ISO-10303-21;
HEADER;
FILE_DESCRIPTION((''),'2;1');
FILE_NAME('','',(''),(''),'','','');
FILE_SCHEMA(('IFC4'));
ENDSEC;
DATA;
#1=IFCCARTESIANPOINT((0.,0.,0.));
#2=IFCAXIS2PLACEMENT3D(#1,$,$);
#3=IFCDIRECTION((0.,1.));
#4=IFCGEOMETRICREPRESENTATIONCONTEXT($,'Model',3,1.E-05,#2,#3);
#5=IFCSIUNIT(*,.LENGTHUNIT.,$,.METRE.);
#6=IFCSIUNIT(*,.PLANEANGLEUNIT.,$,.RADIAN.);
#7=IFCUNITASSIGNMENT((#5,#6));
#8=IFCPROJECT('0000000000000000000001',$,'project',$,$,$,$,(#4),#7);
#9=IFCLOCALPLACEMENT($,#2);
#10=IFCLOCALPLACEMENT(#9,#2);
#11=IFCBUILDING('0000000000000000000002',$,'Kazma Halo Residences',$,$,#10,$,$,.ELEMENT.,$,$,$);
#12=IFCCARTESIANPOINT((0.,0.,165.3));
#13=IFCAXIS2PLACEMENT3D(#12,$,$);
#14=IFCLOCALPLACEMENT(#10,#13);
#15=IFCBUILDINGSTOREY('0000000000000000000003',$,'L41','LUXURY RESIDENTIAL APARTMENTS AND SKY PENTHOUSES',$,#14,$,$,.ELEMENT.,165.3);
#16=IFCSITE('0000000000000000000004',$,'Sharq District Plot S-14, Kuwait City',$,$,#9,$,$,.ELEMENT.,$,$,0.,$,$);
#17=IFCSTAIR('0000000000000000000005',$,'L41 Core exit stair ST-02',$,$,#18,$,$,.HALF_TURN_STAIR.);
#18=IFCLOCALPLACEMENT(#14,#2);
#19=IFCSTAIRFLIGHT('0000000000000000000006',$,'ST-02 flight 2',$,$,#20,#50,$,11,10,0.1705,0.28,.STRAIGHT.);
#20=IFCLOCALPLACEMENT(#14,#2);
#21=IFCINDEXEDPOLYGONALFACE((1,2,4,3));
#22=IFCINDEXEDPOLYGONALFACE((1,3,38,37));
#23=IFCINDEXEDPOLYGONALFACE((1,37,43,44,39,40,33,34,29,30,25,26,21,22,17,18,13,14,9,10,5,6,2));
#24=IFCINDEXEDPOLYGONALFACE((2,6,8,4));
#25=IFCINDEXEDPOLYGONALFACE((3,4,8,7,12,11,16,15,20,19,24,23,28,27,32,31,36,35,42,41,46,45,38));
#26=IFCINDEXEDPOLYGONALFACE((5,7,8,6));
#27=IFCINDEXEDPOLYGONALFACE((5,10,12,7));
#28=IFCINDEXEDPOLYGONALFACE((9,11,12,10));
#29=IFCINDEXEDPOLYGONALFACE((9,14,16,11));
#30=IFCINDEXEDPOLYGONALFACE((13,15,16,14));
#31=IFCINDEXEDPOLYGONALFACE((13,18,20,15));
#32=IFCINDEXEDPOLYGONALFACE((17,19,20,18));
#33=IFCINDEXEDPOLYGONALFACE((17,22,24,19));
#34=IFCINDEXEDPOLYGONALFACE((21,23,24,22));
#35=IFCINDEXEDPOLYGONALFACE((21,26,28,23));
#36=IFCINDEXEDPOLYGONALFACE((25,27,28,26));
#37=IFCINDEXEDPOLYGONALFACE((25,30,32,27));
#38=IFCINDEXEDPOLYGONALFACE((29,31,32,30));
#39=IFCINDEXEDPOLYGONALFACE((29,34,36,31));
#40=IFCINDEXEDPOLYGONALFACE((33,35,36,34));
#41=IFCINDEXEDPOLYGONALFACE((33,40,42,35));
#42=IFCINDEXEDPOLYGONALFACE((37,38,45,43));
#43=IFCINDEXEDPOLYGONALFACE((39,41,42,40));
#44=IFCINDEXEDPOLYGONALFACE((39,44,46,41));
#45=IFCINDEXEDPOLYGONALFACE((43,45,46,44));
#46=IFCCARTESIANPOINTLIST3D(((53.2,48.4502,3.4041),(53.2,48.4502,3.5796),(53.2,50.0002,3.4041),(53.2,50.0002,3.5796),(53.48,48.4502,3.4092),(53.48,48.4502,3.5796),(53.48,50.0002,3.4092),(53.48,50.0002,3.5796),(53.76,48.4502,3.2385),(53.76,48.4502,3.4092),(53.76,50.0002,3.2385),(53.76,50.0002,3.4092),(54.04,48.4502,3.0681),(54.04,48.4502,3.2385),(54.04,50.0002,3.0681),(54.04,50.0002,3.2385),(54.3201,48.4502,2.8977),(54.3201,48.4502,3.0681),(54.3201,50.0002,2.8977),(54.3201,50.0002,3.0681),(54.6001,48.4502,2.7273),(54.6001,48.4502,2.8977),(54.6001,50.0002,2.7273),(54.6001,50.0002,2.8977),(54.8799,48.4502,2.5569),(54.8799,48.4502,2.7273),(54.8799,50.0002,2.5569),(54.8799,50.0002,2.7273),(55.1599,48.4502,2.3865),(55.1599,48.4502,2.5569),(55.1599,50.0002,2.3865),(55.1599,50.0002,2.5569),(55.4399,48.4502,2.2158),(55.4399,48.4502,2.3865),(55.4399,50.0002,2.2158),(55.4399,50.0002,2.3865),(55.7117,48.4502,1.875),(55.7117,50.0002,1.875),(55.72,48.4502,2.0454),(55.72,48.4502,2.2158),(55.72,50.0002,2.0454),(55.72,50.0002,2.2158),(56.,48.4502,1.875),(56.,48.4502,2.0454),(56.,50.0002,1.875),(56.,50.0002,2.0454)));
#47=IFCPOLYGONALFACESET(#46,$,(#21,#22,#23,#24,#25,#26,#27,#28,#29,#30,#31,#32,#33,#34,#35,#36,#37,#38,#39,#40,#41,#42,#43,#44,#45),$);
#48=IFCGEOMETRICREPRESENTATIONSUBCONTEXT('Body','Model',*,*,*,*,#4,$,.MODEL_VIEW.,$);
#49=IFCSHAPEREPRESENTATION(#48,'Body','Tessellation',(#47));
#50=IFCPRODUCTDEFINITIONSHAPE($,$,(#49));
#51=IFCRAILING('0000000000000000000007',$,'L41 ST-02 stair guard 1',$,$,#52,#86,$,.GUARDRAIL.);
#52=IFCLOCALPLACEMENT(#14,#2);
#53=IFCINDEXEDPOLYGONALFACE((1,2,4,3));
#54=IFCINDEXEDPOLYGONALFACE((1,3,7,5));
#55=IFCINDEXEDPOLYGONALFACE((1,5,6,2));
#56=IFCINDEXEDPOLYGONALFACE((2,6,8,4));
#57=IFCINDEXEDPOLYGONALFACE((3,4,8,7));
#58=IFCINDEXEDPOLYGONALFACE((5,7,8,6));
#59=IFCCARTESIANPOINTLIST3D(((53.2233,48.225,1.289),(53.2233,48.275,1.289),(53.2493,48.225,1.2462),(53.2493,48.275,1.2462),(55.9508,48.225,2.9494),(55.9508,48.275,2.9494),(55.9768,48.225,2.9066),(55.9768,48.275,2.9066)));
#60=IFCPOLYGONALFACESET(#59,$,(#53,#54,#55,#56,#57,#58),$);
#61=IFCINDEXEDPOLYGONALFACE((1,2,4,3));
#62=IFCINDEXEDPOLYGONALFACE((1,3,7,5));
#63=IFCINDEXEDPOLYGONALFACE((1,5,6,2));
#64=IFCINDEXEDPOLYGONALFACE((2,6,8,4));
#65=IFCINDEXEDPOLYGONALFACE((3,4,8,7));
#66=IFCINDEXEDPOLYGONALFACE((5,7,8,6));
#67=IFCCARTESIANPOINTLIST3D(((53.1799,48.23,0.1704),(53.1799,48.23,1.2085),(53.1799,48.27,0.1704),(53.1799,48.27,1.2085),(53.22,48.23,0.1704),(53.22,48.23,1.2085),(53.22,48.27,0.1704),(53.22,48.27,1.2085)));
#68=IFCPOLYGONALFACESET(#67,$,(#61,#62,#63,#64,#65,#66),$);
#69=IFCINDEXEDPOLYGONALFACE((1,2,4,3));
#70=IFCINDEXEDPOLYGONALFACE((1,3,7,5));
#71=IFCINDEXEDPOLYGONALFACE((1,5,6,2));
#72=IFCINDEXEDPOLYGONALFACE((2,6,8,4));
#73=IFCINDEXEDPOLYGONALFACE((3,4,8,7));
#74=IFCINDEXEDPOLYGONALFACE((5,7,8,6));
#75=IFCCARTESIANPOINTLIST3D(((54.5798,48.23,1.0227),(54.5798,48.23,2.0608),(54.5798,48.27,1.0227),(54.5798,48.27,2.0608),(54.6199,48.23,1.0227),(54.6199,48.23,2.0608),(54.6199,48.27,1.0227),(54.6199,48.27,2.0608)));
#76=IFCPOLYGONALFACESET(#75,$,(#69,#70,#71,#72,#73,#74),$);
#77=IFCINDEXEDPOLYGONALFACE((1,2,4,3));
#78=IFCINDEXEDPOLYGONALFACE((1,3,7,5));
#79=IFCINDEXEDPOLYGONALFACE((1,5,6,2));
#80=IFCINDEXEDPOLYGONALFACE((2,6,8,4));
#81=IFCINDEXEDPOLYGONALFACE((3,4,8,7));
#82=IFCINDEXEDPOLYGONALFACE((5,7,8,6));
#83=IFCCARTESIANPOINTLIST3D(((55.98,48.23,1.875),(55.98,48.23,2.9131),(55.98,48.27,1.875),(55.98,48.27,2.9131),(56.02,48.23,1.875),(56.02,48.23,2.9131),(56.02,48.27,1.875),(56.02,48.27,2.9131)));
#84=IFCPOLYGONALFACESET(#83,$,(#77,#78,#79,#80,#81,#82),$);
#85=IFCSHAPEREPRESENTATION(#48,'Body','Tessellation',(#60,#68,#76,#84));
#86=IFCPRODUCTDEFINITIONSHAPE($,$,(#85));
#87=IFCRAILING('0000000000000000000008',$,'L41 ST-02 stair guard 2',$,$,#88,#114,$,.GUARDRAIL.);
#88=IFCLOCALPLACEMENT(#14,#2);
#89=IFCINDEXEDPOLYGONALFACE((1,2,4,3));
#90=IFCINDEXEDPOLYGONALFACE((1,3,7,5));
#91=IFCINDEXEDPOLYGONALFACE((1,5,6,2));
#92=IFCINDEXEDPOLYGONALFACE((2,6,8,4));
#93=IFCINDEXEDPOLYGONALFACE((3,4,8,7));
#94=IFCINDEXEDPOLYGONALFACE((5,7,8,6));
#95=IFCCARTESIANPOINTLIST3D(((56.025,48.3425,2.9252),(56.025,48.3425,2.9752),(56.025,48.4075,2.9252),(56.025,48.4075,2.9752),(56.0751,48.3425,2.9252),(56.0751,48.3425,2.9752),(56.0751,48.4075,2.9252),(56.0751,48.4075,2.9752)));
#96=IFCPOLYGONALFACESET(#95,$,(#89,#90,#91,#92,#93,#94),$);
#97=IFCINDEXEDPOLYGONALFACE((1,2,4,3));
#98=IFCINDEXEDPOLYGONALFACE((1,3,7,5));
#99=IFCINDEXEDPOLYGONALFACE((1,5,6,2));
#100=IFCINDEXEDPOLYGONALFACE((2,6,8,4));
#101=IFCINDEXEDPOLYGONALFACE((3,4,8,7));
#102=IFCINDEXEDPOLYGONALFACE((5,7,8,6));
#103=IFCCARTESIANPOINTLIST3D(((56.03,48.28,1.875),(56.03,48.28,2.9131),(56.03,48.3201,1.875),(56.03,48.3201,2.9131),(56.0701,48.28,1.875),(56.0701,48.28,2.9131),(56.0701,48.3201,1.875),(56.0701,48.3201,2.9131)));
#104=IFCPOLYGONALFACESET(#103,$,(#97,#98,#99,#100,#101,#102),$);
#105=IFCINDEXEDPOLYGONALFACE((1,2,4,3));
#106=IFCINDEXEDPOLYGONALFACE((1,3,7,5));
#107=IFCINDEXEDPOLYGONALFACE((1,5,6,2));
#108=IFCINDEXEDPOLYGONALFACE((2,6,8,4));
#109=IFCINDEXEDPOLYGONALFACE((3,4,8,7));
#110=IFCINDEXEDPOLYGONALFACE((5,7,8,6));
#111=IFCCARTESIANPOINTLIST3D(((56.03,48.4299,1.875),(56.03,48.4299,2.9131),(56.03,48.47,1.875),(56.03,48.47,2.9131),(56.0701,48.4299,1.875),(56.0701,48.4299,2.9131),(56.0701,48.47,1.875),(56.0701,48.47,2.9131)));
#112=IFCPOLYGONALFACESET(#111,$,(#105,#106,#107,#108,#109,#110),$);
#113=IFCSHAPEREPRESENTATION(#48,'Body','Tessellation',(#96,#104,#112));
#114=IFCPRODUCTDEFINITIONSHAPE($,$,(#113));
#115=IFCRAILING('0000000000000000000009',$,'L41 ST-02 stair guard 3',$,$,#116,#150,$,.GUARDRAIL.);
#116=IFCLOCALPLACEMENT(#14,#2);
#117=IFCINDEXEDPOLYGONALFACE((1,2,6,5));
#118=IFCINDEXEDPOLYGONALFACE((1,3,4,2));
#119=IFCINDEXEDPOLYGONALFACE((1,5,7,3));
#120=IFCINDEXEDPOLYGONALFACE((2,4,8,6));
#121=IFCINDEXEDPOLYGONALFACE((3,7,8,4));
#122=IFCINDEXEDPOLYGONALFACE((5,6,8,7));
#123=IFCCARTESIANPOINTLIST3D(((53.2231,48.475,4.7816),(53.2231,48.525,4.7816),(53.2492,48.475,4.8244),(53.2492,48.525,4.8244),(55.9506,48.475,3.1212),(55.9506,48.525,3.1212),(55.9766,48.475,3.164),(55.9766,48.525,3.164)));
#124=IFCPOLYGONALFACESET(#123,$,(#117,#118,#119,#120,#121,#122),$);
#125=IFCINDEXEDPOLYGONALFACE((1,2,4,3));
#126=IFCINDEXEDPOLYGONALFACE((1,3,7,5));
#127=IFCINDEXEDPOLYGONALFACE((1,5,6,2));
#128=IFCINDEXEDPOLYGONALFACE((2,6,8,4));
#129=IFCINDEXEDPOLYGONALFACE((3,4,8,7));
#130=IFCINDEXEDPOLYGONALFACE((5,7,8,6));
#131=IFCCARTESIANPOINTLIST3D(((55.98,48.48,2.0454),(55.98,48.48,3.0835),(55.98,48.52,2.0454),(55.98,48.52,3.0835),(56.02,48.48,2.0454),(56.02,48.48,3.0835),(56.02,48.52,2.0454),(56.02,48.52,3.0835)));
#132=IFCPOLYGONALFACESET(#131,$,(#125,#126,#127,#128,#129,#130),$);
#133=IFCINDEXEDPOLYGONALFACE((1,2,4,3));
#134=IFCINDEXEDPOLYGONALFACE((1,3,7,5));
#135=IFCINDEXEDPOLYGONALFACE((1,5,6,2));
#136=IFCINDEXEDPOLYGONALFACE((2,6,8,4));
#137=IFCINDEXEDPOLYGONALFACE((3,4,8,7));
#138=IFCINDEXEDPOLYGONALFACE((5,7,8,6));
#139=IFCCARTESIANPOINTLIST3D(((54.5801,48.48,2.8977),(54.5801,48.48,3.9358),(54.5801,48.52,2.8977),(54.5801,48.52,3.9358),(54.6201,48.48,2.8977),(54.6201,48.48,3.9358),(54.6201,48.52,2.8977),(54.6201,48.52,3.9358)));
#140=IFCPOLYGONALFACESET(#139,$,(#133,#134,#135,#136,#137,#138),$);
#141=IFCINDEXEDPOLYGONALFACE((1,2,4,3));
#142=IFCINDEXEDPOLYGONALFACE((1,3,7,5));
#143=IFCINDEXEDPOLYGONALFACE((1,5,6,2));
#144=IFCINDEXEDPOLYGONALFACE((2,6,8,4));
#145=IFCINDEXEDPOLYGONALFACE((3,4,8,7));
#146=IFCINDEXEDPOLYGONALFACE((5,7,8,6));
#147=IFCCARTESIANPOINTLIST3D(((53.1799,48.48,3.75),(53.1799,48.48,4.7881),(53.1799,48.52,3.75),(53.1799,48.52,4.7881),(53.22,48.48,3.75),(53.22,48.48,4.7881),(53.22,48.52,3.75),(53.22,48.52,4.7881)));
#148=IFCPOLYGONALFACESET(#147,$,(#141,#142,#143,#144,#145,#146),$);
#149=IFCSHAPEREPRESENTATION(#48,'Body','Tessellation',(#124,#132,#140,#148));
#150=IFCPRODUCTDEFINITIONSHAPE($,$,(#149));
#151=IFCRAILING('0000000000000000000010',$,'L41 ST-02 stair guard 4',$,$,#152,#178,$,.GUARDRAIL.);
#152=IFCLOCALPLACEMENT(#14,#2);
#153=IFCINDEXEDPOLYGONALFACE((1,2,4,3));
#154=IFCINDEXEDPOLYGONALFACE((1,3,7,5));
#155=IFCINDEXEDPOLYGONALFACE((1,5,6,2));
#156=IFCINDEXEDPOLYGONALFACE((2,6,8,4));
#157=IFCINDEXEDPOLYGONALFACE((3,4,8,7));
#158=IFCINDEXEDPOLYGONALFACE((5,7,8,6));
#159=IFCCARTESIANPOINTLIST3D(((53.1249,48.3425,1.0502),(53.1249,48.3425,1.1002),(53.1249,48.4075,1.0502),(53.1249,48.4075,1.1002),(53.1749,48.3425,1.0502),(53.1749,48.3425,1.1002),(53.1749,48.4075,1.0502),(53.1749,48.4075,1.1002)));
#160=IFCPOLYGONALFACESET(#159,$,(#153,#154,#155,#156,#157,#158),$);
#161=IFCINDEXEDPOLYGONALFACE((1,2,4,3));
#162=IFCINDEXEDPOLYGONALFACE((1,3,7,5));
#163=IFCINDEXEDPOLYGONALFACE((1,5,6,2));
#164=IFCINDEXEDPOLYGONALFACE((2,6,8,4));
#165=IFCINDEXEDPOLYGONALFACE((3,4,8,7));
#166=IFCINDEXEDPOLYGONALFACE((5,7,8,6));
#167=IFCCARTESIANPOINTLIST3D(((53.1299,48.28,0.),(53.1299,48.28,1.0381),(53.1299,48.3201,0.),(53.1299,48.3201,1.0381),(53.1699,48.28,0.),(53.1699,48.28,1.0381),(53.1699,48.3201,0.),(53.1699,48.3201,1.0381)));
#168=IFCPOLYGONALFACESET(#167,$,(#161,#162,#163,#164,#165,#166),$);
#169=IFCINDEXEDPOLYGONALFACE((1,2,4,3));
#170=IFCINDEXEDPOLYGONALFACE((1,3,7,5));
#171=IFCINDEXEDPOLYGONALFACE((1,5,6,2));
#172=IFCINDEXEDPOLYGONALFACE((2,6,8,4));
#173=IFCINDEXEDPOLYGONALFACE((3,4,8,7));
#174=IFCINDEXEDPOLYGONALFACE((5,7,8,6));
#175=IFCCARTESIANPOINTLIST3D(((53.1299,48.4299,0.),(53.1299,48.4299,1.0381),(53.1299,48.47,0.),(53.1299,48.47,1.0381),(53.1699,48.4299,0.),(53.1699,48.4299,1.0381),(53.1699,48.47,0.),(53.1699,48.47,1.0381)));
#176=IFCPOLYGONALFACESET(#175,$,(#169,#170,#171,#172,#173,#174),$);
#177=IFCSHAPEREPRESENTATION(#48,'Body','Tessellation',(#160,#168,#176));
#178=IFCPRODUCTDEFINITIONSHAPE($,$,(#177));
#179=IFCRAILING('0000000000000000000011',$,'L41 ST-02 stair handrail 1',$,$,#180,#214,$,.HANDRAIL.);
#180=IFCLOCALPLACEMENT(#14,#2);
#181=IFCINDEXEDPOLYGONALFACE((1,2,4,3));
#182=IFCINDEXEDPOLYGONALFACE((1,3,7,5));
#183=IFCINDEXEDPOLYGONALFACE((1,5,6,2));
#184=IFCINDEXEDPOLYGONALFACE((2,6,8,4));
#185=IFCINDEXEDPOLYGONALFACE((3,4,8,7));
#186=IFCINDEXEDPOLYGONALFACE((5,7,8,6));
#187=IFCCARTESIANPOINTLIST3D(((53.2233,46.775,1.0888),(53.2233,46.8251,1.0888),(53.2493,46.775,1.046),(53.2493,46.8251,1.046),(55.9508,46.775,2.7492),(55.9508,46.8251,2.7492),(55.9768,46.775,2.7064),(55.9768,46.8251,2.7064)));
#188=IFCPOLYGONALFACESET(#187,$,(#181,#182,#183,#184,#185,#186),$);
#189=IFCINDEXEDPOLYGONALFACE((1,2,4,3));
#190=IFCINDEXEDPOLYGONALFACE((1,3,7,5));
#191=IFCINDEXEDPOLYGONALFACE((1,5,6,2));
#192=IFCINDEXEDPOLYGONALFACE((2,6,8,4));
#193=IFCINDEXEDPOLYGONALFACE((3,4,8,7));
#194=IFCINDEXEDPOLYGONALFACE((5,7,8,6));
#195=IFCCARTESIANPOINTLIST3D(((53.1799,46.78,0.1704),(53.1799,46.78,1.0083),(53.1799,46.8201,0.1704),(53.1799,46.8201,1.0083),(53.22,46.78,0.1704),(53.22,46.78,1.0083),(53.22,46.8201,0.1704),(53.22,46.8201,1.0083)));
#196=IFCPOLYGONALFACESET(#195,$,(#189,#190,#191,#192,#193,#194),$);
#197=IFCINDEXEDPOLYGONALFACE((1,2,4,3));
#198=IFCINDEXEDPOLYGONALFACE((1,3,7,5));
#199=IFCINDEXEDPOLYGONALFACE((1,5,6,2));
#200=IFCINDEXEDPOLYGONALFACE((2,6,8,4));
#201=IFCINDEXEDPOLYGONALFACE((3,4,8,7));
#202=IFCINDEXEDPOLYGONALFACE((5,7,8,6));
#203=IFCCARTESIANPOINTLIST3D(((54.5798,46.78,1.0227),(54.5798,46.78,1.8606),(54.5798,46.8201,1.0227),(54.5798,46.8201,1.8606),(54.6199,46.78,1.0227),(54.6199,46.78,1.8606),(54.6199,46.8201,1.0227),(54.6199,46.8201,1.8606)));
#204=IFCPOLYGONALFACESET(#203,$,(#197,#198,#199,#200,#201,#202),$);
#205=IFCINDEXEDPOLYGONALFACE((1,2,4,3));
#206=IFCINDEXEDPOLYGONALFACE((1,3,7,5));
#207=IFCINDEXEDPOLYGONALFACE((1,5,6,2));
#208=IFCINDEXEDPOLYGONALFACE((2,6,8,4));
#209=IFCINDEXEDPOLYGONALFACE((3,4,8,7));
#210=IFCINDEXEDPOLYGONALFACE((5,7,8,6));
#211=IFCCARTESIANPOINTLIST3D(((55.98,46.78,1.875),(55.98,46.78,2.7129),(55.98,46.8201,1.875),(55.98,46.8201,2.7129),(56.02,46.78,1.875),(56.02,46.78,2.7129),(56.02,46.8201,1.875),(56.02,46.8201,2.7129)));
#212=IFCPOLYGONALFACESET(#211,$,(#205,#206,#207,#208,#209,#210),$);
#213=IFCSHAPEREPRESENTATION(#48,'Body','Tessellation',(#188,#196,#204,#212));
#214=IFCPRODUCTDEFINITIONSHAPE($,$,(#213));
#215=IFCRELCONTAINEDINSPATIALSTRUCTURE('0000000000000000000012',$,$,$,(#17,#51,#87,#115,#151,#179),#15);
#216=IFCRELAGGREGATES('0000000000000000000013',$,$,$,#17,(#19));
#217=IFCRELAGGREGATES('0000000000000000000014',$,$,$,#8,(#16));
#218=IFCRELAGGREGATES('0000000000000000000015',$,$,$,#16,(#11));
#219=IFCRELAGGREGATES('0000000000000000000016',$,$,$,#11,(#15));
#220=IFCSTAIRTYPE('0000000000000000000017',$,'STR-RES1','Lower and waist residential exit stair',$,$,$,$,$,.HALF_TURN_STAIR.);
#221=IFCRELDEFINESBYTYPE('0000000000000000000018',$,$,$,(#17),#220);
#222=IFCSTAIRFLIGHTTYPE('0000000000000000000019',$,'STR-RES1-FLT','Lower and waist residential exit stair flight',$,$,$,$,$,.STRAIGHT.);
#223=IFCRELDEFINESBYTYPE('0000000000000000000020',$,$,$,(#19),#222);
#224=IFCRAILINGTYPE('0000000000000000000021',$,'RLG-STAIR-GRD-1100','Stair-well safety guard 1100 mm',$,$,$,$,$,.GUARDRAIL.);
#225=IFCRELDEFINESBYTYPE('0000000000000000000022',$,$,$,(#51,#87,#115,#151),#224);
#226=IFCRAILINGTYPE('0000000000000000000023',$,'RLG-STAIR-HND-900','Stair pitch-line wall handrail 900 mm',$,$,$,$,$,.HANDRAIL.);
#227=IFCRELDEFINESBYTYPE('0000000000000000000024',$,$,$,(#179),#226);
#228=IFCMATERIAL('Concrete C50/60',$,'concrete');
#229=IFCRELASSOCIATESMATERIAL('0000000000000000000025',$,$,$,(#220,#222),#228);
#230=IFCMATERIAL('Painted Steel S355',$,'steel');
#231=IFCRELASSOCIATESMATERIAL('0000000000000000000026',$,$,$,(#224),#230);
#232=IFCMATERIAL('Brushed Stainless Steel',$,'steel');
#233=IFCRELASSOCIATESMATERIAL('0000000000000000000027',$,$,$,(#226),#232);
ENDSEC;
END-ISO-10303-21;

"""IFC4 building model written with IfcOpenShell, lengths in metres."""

from ifc_helpers import new_model, si_unit, direction, frame, origin, origin_2d, place, context, subcontext, project, spatial, polyline, rectangle, outline, extrude, material, type_object, element, aggregate, save


model = new_model("IFC4")

# Units and contexts
model_context = context("Model", 3, precision=1e-05, world=origin(), true_north=direction((0.0, 1.0)))
body_context = subcontext(model_context, "Body", "Model", "MODEL_VIEW")
ifc_project = project(units=[si_unit("LENGTHUNIT", "METRE"), si_unit("PLANEANGLEUNIT", "RADIAN")], contexts=[model_context])

# Site, building, storey
site_placement = place(None, origin())
site = spatial("IfcSite", under=ifc_project, at=site_placement, Name="Sharq District Plot S-14, Kuwait City", CompositionType="ELEMENT", RefElevation=0.0)
building_placement = place(site_placement, origin())
building = spatial("IfcBuilding", under=site, at=building_placement, Name="Kazma Halo Residences", CompositionType="ELEMENT")
storey_placement = place(building_placement, frame((0.0, 0.0, 165.3)))
storey = spatial("IfcBuildingStorey", under=building, at=storey_placement, Name="L41", Description="LUXURY RESIDENTIAL APARTMENTS AND SKY PENTHOUSES", CompositionType="ELEMENT", Elevation=165.3)

# Shared definitions
ifc_material_1 = material(Name="Concrete C50/60", Category="concrete")

# Stair, stair flight
stair_type = type_object("IfcStairType", Name="STR-RES1", Description="Lower and waist residential exit stair", PredefinedType="HALF_TURN_STAIR", material=ifc_material_1)
stair_placement = place(storey_placement, origin())
stair = element("IfcStair", 1, at=stair_placement, inside=storey, type_object=stair_type, Name="L41 Core exit stair ST-02", PredefinedType="HALF_TURN_STAIR")
stair_flight_type = type_object("IfcStairFlightType", Name="STR-RES1-FLT", Description="Lower and waist residential exit stair flight", PredefinedType="STRAIGHT", material=ifc_material_1)
stair_flight_1_placement = place(storey_placement, frame((56.0, 49.2251, 1.875), z_axis=(0.0, 0.0, 1.0), x_axis=(-1.0, 0.0, 0.0)))
stair_flight_1 = element("IfcStairFlight", 2, at=stair_flight_1_placement, type_object=stair_flight_type, Name="ST-02 flight 2", NumberOfRisers=11, NumberOfTreads=10, PredefinedType="STRAIGHT", RiserHeight=0.1705, TreadLength=0.28, context=body_context, shape_type="SweptSolid", body=[
    extrude(outline(polyline([(0.0, 0.0), (0.0, 0.1704), (0.28, 0.1704), (0.28, 0.3408), (0.5601, 0.3408), (0.5601, 0.5115), (0.8401, 0.5115), (0.8401, 0.6819), (1.1201, 0.6819), (1.1201, 0.8523), (1.3999, 0.8523), (1.3999, 1.0227), (1.6799, 1.0227), (1.6799, 1.1931), (1.96, 1.1931), (1.96, 1.3635), (2.24, 1.3635), (2.24, 1.5342), (2.52, 1.5342), (2.52, 1.7046), (2.8, 1.7046), (2.8, 1.875), (2.8, 1.5291), (0.2883, 0.0), (0.0, 0.0)])), frame((0.0, 0.7749, 0.0), z_axis=(0.0, -1.0, 0.0), x_axis=(1.0, 0.0, 0.0)), (0.0, 0.0, 1.0), 1.55),
])
aggregate(stair, [stair_flight_1])

# Railings
ifc_material_2 = material(Name="Painted Steel S355", Category="steel")
railing_type_1 = type_object("IfcRailingType", Name="RLG-STAIR-GRD-1100", Description="Stair-well safety guard 1100 mm", PredefinedType="GUARDRAIL", material=ifc_material_2)
railing_1_placement = place(storey_placement, frame((53.2, 48.25, 0.1704)))
element("IfcRailing", 3, at=railing_1_placement, inside=storey, type_object=railing_type_1, Name="L41 ST-02 stair guard 1", PredefinedType="GUARDRAIL", context=body_context, shape_type="SweptSolid", body=[
    extrude(rectangle(XDim=0.05, YDim=0.05, at=origin_2d()), frame((0.0364, 0.0, 1.0972), z_axis=(0.85417, 0.0, 0.519994), x_axis=(0.0, 1.0, 0.0)), (0.0, 0.0, 1.0), 3.1931),
    extrude(rectangle(XDim=0.04, YDim=0.04, at=origin_2d()), origin(), (0.0, 0.0, 1.0), 1.0381),
    extrude(rectangle(XDim=0.04, YDim=0.04, at=origin_2d()), frame((1.3999, 0.0, 0.8523)), (0.0, 0.0, 1.0), 1.0381),
    extrude(rectangle(XDim=0.04, YDim=0.04, at=origin_2d()), frame((2.8, 0.0, 1.7046)), (0.0, 0.0, 1.0), 1.0381),
])
railing_2_placement = place(storey_placement, frame((56.05, 48.3, 1.875)))
element("IfcRailing", 4, at=railing_2_placement, inside=storey, type_object=railing_type_1, Name="L41 ST-02 stair guard 2", PredefinedType="GUARDRAIL", context=body_context, shape_type="SweptSolid", body=[
    extrude(rectangle(XDim=0.05, YDim=0.05, at=origin_2d()), frame((0.0, 0.0425, 1.0752), z_axis=(0.0, 1.0, 0.0), x_axis=(-1.0, 0.0, 0.0)), (0.0, 0.0, 1.0), 0.0649),
    extrude(rectangle(XDim=0.04, YDim=0.04, at=origin_2d()), origin(), (0.0, 0.0, 1.0), 1.0381),
    extrude(rectangle(XDim=0.04, YDim=0.04, at=origin_2d()), frame((0.0, 0.1499, 0.0)), (0.0, 0.0, 1.0), 1.0381),
])
railing_3_placement = place(storey_placement, frame((56.0, 48.5, 2.0454)))
element("IfcRailing", 5, at=railing_3_placement, inside=storey, type_object=railing_type_1, Name="L41 ST-02 stair guard 3", PredefinedType="GUARDRAIL", context=body_context, shape_type="SweptSolid", body=[
    extrude(rectangle(XDim=0.05, YDim=0.05, at=origin_2d()), frame((-0.0364, 0.0, 1.0972), z_axis=(-0.85417, 0.0, 0.519994), x_axis=(0.0, -1.0, 0.0)), (0.0, 0.0, 1.0), 3.1931),
    extrude(rectangle(XDim=0.04, YDim=0.04, at=origin_2d()), origin(), (0.0, 0.0, 1.0), 1.0381),
    extrude(rectangle(XDim=0.04, YDim=0.04, at=origin_2d()), frame((-1.3999, 0.0, 0.8523)), (0.0, 0.0, 1.0), 1.0381),
    extrude(rectangle(XDim=0.04, YDim=0.04, at=origin_2d()), frame((-2.8, 0.0, 1.7046)), (0.0, 0.0, 1.0), 1.0381),
])
railing_4_placement = place(storey_placement, frame((53.1499, 48.3, 0.0)))
element("IfcRailing", 6, at=railing_4_placement, inside=storey, type_object=railing_type_1, Name="L41 ST-02 stair guard 4", PredefinedType="GUARDRAIL", context=body_context, shape_type="SweptSolid", body=[
    extrude(rectangle(XDim=0.05, YDim=0.05, at=origin_2d()), frame((0.0, 0.0425, 1.0752), z_axis=(0.0, 1.0, 0.0), x_axis=(-1.0, 0.0, 0.0)), (0.0, 0.0, 1.0), 0.0649),
    extrude(rectangle(XDim=0.04, YDim=0.04, at=origin_2d()), origin(), (0.0, 0.0, 1.0), 1.0381),
    extrude(rectangle(XDim=0.04, YDim=0.04, at=origin_2d()), frame((0.0, 0.1499, 0.0)), (0.0, 0.0, 1.0), 1.0381),
])
ifc_material_3 = material(Name="Brushed Stainless Steel", Category="steel")
railing_type_2 = type_object("IfcRailingType", Name="RLG-STAIR-HND-900", Description="Stair pitch-line wall handrail 900 mm", PredefinedType="HANDRAIL", material=ifc_material_3)
railing_5_placement = place(storey_placement, frame((53.2, 46.8, 0.1704)))
element("IfcRailing", 7, at=railing_5_placement, inside=storey, type_object=railing_type_2, Name="L41 ST-02 stair handrail 1", PredefinedType="HANDRAIL", context=body_context, shape_type="SweptSolid", body=[
    extrude(rectangle(XDim=0.05, YDim=0.05, at=origin_2d()), frame((0.0364, 0.0, 0.897), z_axis=(0.85417, 0.0, 0.519994), x_axis=(0.0, 1.0, 0.0)), (0.0, 0.0, 1.0), 3.1931),
    extrude(rectangle(XDim=0.04, YDim=0.04, at=origin_2d()), origin(), (0.0, 0.0, 1.0), 0.8379),
    extrude(rectangle(XDim=0.04, YDim=0.04, at=origin_2d()), frame((1.3999, 0.0, 0.8523)), (0.0, 0.0, 1.0), 0.8379),
    extrude(rectangle(XDim=0.04, YDim=0.04, at=origin_2d()), frame((2.8, 0.0, 1.7046)), (0.0, 0.0, 1.0), 0.8379),
])

save(model, "model.ifc")
